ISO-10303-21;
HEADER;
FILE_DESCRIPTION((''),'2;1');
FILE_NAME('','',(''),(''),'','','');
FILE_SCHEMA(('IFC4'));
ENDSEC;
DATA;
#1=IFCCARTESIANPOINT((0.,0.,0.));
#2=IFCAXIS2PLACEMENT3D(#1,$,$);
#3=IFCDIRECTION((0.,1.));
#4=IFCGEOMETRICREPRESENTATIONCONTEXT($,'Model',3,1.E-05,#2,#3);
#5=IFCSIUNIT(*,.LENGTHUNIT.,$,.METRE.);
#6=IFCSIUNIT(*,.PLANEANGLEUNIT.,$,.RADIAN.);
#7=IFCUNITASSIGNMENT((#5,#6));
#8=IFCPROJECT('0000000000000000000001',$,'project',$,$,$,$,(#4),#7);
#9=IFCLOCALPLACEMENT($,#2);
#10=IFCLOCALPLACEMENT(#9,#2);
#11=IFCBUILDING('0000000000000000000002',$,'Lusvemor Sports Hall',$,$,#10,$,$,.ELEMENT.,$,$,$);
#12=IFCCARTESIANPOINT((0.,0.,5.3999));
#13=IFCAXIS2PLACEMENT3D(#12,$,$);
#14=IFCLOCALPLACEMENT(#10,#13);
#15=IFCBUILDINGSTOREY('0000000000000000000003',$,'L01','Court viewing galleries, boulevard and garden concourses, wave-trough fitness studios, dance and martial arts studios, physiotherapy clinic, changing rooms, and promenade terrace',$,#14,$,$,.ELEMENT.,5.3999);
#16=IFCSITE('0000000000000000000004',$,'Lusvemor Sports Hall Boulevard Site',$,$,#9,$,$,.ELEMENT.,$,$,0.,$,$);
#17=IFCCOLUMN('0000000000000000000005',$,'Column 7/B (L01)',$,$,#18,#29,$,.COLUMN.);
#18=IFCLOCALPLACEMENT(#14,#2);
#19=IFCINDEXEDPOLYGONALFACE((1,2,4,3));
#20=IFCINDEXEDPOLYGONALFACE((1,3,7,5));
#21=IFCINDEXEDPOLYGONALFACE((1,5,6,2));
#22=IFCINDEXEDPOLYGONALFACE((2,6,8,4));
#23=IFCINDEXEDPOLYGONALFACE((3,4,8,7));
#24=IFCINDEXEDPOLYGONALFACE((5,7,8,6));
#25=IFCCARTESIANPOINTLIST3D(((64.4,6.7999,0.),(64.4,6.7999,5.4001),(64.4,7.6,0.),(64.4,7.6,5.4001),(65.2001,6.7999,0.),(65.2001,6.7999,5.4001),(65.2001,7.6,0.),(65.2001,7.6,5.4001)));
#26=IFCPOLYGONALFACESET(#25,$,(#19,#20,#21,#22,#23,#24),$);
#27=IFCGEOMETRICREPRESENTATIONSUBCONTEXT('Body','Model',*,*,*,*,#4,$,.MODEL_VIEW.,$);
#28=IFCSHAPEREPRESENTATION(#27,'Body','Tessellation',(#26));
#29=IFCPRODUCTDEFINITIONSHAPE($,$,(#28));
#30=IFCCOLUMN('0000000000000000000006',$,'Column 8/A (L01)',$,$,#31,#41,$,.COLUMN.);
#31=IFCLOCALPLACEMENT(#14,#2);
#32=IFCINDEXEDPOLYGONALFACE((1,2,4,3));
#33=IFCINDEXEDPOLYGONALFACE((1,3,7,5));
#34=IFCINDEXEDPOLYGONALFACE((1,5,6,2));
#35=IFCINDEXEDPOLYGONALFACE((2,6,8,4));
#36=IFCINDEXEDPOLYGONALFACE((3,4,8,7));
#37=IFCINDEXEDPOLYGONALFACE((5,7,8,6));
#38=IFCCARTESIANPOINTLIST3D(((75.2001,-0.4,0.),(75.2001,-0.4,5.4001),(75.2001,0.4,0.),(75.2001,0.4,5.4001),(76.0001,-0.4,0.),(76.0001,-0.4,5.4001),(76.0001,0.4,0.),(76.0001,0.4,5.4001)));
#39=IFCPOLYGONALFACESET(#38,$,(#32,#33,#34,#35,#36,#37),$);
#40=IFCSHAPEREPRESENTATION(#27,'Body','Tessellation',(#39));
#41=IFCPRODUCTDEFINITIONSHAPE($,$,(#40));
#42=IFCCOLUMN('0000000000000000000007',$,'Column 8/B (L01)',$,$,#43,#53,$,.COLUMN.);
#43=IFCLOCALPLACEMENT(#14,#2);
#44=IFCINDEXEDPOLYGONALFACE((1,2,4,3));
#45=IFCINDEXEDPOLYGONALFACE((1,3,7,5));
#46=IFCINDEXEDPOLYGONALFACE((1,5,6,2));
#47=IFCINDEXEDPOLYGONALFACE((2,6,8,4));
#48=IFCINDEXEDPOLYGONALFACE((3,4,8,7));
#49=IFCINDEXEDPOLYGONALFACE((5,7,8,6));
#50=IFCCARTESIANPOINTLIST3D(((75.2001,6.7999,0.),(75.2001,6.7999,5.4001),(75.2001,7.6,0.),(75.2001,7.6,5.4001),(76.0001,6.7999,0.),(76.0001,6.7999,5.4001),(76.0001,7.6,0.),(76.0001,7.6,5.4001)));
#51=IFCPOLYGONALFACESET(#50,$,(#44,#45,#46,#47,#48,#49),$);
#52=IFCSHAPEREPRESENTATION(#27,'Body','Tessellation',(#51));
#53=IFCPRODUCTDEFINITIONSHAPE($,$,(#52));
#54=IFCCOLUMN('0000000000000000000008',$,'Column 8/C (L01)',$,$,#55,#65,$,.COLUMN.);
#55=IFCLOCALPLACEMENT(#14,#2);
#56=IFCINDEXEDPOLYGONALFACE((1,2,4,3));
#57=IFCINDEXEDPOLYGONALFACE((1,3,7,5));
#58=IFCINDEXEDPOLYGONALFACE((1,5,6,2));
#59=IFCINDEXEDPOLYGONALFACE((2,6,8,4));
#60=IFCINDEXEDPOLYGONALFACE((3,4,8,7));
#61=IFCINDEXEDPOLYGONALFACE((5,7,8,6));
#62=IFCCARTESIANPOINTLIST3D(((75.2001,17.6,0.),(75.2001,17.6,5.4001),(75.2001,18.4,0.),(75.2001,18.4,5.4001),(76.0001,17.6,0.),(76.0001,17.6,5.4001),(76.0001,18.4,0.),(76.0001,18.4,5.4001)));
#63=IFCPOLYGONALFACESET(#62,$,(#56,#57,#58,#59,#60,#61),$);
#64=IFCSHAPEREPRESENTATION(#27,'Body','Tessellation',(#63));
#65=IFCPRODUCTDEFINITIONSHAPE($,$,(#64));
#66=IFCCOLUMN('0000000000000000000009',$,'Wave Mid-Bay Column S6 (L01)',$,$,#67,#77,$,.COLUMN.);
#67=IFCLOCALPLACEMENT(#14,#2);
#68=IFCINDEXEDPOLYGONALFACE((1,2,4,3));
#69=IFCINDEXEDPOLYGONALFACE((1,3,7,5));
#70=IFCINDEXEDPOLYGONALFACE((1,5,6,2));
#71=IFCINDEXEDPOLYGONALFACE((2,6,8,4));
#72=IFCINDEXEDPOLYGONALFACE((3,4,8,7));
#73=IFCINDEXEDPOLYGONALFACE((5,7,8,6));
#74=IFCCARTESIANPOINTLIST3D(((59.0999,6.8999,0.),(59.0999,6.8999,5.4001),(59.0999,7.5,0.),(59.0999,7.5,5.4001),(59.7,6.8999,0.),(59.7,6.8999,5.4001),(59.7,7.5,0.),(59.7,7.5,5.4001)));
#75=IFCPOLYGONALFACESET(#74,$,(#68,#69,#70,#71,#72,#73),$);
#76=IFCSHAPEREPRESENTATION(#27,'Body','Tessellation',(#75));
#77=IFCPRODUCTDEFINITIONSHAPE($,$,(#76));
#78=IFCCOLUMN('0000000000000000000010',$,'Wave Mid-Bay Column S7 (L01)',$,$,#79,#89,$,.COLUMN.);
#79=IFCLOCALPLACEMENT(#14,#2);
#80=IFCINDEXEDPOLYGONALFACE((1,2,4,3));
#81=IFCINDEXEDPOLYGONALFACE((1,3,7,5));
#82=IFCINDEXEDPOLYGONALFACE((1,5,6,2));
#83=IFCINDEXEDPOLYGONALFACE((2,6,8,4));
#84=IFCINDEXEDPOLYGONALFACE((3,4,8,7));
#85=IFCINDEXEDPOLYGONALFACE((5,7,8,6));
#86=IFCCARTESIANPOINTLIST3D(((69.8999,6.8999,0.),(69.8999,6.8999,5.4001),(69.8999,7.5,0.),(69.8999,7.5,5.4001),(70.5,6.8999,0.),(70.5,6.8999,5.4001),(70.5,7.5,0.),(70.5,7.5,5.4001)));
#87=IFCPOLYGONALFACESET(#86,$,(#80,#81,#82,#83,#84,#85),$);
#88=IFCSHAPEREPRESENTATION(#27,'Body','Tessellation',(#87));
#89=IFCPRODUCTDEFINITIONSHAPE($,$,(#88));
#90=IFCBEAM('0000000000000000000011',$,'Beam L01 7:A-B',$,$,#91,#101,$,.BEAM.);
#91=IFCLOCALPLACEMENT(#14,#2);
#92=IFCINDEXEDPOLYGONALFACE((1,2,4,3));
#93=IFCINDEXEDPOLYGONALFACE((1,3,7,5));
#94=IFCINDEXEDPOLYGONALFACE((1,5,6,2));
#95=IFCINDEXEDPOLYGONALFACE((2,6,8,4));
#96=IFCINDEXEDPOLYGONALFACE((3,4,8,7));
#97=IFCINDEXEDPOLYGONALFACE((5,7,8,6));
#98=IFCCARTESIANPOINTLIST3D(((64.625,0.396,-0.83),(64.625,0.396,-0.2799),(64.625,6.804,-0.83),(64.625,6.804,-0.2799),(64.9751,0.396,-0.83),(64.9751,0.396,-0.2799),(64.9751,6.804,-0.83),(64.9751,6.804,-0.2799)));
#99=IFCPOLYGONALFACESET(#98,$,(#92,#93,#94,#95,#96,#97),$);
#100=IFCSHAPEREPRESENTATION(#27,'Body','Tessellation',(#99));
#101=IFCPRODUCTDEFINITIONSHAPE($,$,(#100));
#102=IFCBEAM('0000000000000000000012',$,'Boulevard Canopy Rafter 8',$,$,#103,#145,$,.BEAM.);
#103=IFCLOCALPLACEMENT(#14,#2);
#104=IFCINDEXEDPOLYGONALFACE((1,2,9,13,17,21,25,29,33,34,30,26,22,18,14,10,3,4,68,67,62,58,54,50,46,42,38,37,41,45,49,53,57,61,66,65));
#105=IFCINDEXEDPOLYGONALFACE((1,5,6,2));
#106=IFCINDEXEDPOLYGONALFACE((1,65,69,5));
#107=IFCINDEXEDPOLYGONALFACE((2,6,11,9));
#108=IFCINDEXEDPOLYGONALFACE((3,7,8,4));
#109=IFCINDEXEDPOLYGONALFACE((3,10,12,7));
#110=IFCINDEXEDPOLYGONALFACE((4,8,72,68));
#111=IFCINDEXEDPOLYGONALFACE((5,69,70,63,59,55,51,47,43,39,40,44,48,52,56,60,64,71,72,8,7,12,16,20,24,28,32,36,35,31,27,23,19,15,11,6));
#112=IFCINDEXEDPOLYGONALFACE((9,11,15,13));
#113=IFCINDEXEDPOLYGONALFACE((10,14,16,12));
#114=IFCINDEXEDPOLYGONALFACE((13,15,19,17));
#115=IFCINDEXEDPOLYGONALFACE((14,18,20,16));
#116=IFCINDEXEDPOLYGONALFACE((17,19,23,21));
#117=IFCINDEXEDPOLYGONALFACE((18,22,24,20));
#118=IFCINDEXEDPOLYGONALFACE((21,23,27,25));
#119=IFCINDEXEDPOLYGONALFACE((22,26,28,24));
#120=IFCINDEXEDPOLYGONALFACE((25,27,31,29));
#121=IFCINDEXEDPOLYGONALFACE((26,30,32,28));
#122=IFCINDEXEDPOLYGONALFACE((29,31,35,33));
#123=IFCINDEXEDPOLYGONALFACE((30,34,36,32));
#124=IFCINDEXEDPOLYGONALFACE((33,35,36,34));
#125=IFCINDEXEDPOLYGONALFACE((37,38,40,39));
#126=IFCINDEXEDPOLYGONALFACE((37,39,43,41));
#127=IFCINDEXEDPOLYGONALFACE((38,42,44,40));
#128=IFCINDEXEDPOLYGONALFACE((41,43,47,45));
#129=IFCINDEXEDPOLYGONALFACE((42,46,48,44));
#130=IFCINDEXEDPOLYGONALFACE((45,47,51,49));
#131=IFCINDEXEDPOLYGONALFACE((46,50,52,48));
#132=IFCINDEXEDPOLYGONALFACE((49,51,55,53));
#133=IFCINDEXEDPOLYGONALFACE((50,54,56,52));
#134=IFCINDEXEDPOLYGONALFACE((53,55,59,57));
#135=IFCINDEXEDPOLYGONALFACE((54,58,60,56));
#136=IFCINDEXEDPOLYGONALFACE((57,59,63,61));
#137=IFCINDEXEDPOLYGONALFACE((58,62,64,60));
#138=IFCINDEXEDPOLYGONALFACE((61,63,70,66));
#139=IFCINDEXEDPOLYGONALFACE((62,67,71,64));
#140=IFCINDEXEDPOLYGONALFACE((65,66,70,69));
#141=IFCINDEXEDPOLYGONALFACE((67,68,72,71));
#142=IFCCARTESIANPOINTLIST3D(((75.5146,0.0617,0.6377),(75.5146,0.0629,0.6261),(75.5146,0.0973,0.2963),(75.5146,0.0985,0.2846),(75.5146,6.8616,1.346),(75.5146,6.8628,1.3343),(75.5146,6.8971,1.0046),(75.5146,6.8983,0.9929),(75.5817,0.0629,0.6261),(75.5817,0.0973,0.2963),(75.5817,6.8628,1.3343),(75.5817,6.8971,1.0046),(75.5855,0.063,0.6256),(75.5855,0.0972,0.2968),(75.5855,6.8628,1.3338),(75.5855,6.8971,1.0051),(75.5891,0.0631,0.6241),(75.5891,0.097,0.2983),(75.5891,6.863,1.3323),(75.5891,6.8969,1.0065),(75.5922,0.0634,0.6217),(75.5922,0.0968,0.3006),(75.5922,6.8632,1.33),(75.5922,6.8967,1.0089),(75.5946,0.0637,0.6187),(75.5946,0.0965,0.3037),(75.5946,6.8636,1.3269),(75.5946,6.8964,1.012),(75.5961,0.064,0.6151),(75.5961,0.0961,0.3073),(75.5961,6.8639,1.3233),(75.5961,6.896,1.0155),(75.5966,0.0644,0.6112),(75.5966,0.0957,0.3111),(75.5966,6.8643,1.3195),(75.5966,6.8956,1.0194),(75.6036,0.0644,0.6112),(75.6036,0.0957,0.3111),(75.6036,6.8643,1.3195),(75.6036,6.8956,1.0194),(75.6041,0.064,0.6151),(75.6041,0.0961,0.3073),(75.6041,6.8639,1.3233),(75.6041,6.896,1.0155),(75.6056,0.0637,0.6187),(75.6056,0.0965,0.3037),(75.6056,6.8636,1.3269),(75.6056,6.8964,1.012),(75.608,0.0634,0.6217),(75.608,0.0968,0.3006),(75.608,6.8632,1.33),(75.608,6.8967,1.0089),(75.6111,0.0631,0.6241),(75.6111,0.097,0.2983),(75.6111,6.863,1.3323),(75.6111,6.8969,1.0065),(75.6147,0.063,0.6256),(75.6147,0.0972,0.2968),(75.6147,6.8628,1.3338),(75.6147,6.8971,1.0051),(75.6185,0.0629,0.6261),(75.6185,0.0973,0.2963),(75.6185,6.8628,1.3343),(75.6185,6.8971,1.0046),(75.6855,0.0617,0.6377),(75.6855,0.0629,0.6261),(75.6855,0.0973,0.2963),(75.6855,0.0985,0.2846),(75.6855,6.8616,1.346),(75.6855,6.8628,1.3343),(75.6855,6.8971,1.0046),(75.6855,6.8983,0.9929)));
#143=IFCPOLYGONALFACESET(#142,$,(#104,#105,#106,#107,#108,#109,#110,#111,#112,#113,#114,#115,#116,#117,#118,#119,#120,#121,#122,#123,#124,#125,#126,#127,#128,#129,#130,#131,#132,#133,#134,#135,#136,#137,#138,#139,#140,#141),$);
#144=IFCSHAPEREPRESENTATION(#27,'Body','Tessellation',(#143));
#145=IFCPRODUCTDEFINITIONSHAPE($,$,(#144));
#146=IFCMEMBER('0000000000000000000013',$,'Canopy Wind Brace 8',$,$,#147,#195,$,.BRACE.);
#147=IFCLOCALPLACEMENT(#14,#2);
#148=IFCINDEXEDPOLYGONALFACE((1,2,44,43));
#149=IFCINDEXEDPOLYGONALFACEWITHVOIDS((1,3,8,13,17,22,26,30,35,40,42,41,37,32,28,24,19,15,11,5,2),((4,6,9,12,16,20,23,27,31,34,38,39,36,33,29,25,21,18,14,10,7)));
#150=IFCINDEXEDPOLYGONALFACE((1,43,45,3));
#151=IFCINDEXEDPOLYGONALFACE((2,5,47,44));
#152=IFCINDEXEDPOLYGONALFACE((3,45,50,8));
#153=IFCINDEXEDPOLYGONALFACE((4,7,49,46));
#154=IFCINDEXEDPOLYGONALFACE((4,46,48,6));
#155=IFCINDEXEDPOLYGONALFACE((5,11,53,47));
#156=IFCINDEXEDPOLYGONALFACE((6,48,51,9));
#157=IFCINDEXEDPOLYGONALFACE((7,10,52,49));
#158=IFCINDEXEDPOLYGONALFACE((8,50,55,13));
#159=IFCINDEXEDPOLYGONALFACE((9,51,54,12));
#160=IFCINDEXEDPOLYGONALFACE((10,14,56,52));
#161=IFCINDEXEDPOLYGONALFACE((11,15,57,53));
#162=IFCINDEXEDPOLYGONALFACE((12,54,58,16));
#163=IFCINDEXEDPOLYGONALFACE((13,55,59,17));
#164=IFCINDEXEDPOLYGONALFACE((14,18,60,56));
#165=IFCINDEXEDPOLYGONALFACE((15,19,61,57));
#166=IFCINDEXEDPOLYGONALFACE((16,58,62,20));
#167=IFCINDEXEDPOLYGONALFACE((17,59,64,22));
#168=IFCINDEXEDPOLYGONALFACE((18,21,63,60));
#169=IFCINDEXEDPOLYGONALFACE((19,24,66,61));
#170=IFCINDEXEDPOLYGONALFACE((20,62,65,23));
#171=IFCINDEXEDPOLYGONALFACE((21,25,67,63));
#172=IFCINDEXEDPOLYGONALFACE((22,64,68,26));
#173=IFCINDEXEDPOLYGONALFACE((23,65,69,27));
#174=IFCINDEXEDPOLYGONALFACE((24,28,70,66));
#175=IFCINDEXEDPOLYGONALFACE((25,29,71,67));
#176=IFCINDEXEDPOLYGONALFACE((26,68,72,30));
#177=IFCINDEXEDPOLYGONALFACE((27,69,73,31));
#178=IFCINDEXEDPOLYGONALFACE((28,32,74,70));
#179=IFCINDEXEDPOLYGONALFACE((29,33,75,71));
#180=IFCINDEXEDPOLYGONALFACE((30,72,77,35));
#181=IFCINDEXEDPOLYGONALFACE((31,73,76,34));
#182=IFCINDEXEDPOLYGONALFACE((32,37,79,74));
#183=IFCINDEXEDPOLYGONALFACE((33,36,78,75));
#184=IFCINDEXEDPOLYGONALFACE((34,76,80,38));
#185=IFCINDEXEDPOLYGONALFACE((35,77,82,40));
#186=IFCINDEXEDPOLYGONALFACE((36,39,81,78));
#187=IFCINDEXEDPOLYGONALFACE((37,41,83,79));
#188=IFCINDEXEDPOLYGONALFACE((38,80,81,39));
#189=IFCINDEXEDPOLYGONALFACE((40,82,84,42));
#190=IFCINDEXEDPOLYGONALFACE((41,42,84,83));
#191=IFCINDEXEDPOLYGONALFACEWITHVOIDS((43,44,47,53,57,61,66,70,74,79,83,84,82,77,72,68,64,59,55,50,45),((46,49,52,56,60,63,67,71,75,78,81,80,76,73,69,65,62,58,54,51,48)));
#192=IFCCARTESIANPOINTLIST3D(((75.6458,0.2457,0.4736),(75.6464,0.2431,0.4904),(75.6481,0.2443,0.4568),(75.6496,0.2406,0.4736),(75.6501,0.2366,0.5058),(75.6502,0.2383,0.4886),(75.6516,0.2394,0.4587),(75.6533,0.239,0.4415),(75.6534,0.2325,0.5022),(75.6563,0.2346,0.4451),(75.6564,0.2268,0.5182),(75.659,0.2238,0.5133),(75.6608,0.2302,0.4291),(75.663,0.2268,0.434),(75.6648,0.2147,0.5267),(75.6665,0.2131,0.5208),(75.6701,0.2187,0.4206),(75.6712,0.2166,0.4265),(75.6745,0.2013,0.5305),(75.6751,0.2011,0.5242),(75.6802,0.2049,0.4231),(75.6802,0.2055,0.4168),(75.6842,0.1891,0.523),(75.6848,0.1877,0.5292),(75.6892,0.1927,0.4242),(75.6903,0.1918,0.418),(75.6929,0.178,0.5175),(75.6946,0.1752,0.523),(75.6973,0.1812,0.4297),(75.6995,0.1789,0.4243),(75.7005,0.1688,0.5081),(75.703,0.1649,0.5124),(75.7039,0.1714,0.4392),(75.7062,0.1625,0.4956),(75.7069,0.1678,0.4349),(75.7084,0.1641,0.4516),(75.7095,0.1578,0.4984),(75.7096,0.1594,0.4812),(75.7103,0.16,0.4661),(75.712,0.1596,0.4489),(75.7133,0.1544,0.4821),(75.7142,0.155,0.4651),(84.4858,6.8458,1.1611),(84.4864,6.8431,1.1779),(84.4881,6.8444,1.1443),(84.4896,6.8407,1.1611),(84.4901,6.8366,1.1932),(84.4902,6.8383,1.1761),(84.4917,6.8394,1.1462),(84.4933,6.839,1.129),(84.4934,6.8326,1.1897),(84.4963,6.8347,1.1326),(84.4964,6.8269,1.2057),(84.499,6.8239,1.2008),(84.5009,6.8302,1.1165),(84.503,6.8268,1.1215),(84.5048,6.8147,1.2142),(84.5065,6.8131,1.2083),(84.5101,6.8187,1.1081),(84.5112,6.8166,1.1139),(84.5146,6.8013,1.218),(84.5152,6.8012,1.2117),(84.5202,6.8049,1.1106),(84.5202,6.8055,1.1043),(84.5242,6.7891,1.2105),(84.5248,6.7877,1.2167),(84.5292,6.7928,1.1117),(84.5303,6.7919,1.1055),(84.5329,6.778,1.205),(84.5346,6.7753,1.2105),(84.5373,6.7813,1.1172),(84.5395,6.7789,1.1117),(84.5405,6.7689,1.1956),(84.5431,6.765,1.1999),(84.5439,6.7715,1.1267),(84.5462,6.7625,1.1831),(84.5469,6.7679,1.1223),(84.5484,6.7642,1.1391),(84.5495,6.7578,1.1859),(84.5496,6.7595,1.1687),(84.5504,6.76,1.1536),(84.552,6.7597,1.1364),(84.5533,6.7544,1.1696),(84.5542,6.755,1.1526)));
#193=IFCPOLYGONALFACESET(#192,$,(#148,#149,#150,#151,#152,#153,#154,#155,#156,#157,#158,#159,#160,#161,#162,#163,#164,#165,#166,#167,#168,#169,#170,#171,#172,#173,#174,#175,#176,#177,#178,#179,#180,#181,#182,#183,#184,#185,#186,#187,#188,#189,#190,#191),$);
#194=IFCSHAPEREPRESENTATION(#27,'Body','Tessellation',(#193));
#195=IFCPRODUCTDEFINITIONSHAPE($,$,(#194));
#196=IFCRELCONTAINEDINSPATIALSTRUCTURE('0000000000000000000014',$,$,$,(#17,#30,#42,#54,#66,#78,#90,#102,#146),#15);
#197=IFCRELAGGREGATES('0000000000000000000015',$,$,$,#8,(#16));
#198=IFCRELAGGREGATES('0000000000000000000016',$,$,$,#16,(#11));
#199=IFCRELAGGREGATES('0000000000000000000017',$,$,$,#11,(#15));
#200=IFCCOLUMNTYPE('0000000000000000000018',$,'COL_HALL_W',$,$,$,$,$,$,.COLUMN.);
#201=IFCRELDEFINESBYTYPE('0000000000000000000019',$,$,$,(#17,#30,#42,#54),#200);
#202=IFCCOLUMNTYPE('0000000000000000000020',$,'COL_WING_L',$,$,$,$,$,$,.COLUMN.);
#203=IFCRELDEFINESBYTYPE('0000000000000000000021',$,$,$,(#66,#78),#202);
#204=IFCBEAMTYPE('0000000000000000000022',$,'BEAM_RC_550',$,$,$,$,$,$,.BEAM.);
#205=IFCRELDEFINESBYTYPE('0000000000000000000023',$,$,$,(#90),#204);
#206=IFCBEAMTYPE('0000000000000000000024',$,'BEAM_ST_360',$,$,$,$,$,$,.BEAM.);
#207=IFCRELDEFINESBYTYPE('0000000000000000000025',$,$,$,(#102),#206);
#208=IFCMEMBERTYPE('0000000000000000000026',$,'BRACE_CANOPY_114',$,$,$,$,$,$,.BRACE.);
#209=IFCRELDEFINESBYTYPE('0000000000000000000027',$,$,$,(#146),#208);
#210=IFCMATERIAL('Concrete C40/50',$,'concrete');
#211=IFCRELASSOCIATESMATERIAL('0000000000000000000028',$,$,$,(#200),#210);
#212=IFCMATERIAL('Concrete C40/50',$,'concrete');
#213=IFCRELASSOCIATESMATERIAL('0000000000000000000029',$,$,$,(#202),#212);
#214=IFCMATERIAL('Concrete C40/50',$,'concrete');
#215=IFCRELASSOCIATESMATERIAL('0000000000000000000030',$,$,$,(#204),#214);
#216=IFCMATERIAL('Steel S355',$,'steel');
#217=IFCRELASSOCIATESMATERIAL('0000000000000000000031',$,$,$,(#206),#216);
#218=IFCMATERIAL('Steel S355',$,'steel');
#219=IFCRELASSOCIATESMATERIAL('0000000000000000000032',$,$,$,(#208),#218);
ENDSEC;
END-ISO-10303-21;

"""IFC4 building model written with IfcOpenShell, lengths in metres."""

from ifc_helpers import new_model, si_unit, direction, frame, origin, origin_2d, place, context, subcontext, project, spatial, rectangle, hollow_circle, i_section, extrude, material, material_profile, profile_set, type_object, element, save


model = new_model("IFC4")

# Units and contexts
model_context = context("Model", 3, precision=1e-05, world=origin(), true_north=direction((0.0, 1.0)))
body_context = subcontext(model_context, "Body", "Model", "MODEL_VIEW")
ifc_project = project(units=[si_unit("LENGTHUNIT", "METRE"), si_unit("PLANEANGLEUNIT", "RADIAN")], contexts=[model_context])

# Site, building, storey
site_placement = place(None, origin())
site = spatial("IfcSite", under=ifc_project, at=site_placement, Name="Lusvemor Sports Hall Boulevard Site", CompositionType="ELEMENT", RefElevation=0.0)
building_placement = place(site_placement, origin())
building = spatial("IfcBuilding", under=site, at=building_placement, Name="Lusvemor Sports Hall", CompositionType="ELEMENT")
storey_placement = place(building_placement, frame((0.0, 0.0, 5.3999)))
storey = spatial("IfcBuildingStorey", under=building, at=storey_placement, Name="L01", Description="Court viewing galleries, boulevard and garden concourses, wave-trough fitness studios, dance and martial arts studios, physiotherapy clinic, changing rooms, and promenade terrace", CompositionType="ELEMENT", Elevation=5.3999)

# Columns
ifc_material_1 = material(Name="Concrete C40/50", Category="concrete")
ifc_material_profile_1 = material_profile(ifc_material_1, rectangle(XDim=0.8, YDim=0.8, at=origin_2d()), Name="RC800x800")
ifc_profile_set_1 = profile_set([ifc_material_profile_1], Name="Concrete C40/50")
column_type_1 = type_object("IfcColumnType", Name="COL_HALL_W", PredefinedType="COLUMN", material=ifc_profile_set_1)
for number, where, z_axis, x_axis, name in (
    (1, (64.8, 7.2, 0.0), (0.0, 0.0, 1.0), (1.0, 0.0, 0.0), "Column 7/B (L01)"),
    (2, (75.6001, 0.0, 0.0), (0.0, 0.0, 1.0), (1.0, 0.0, 0.0), "Column 8/A (L01)"),
    (3, (75.6001, 7.2, 0.0), (0.0, 0.0, 1.0), (1.0, 0.0, 0.0), "Column 8/B (L01)"),
    (4, (75.6001, 18.0, 0.0), (0.0, 0.0, 1.0), (1.0, 0.0, 0.0), "Column 8/C (L01)"),
):
    element("IfcColumn", number, at=place(storey_placement, frame(where, z_axis=z_axis, x_axis=x_axis)), inside=storey, type_object=column_type_1, Name=name, PredefinedType="COLUMN", context=body_context, shape_type="SweptSolid", body=[
        extrude(rectangle(XDim=0.8, YDim=0.8, at=origin_2d()), origin(), (0.0, 0.0, 1.0), 5.4001),
    ])
ifc_material_2 = material(Name="Concrete C40/50", Category="concrete")
ifc_material_profile_2 = material_profile(ifc_material_2, rectangle(XDim=0.6001, YDim=0.6001, at=origin_2d()), Name="RC600x600")
ifc_profile_set_2 = profile_set([ifc_material_profile_2], Name="Concrete C40/50")
column_type_2 = type_object("IfcColumnType", Name="COL_WING_L", PredefinedType="COLUMN", material=ifc_profile_set_2)
for number, where, z_axis, x_axis, name in (
    (5, (59.3999, 7.2, 0.0), (0.0, 0.0, 1.0), (1.0, 0.0, 0.0), "Wave Mid-Bay Column S6 (L01)"),
    (6, (70.2, 7.2, 0.0), (0.0, 0.0, 1.0), (1.0, 0.0, 0.0), "Wave Mid-Bay Column S7 (L01)"),
):
    element("IfcColumn", number, at=place(storey_placement, frame(where, z_axis=z_axis, x_axis=x_axis)), inside=storey, type_object=column_type_2, Name=name, PredefinedType="COLUMN", context=body_context, shape_type="SweptSolid", body=[
        extrude(rectangle(XDim=0.6001, YDim=0.6001, at=origin_2d()), origin(), (0.0, 0.0, 1.0), 5.4001),
    ])

# Beams
ifc_material_3 = material(Name="Concrete C40/50", Category="concrete")
ifc_material_profile_3 = material_profile(ifc_material_3, rectangle(XDim=0.3501, YDim=0.55, at=origin_2d()), Name="RC350x550")
ifc_profile_set_3 = profile_set([ifc_material_profile_3], Name="Concrete C40/50")
beam_type_1 = type_object("IfcBeamType", Name="BEAM_RC_550", PredefinedType="BEAM", material=ifc_profile_set_3)
beam_1_placement = place(storey_placement, frame((64.8, 0.396, -0.5549), z_axis=(0.0, 1.0, 0.0), x_axis=(-1.0, 0.0, 0.0)))
element("IfcBeam", 7, at=beam_1_placement, inside=storey, type_object=beam_type_1, Name="Beam L01 7:A-B", PredefinedType="BEAM", context=body_context, shape_type="SweptSolid", body=[
    extrude(rectangle(XDim=0.3501, YDim=0.55, at=origin_2d()), origin(), (0.0, 0.0, 1.0), 6.408),
])
ifc_material_4 = material(Name="Steel S355", Category="steel")
ifc_material_profile_4 = material_profile(ifc_material_4, i_section(OverallWidth=0.1709, OverallDepth=0.355, WebThickness=0.0071, FlangeThickness=0.0117, FilletRadius=0.0149, at=origin_2d()), Name="W360x51.0")
ifc_profile_set_4 = profile_set([ifc_material_profile_4], Name="Steel S355")
beam_type_2 = type_object("IfcBeamType", Name="BEAM_ST_360", PredefinedType="BEAM", material=ifc_profile_set_4)
beam_2_placement = place(storey_placement, frame((75.6001, 0.0801, 0.4612), z_axis=(0.0, 0.994619, 0.103597), x_axis=(-1.0, 0.0, 0.0)))
element("IfcBeam", 8, at=beam_2_placement, inside=storey, type_object=beam_type_2, Name="Boulevard Canopy Rafter 8", PredefinedType="BEAM", context=body_context, shape_type="SweptSolid", body=[
    extrude(i_section(OverallWidth=0.1709, OverallDepth=0.355, WebThickness=0.0071, FlangeThickness=0.0117, FilletRadius=0.0149, at=origin_2d()), origin(), (0.0, 0.0, 1.0), 6.8367),
])

# Member
ifc_material_5 = material(Name="Steel S355", Category="steel")
ifc_material_profile_5 = material_profile(ifc_material_5, hollow_circle(Radius=0.0571, WallThickness=0.0063, at=origin_2d()), Name="CHS114.3x6.3")
ifc_profile_set_5 = profile_set([ifc_material_profile_5], Name="Steel S355")
member_type_1 = type_object("IfcMemberType", Name="BRACE_CANOPY_114", PredefinedType="BRACE", material=ifc_profile_set_5)
member_1_placement = place(storey_placement, frame((75.6799, 0.2, 0.4736), z_axis=(0.799751, 0.597102, 0.062197), x_axis=(-0.59826, 0.801302, 0.0)))
element("IfcMember", 9, at=member_1_placement, inside=storey, type_object=member_type_1, Name="Canopy Wind Brace 8", PredefinedType="BRACE", context=body_context, shape_type="SweptSolid", body=[
    extrude(hollow_circle(Radius=0.0571, WallThickness=0.0063, at=origin_2d()), origin(), (0.0, 0.0, 1.0), 11.0535),
])

save(model, "model.ifc")
